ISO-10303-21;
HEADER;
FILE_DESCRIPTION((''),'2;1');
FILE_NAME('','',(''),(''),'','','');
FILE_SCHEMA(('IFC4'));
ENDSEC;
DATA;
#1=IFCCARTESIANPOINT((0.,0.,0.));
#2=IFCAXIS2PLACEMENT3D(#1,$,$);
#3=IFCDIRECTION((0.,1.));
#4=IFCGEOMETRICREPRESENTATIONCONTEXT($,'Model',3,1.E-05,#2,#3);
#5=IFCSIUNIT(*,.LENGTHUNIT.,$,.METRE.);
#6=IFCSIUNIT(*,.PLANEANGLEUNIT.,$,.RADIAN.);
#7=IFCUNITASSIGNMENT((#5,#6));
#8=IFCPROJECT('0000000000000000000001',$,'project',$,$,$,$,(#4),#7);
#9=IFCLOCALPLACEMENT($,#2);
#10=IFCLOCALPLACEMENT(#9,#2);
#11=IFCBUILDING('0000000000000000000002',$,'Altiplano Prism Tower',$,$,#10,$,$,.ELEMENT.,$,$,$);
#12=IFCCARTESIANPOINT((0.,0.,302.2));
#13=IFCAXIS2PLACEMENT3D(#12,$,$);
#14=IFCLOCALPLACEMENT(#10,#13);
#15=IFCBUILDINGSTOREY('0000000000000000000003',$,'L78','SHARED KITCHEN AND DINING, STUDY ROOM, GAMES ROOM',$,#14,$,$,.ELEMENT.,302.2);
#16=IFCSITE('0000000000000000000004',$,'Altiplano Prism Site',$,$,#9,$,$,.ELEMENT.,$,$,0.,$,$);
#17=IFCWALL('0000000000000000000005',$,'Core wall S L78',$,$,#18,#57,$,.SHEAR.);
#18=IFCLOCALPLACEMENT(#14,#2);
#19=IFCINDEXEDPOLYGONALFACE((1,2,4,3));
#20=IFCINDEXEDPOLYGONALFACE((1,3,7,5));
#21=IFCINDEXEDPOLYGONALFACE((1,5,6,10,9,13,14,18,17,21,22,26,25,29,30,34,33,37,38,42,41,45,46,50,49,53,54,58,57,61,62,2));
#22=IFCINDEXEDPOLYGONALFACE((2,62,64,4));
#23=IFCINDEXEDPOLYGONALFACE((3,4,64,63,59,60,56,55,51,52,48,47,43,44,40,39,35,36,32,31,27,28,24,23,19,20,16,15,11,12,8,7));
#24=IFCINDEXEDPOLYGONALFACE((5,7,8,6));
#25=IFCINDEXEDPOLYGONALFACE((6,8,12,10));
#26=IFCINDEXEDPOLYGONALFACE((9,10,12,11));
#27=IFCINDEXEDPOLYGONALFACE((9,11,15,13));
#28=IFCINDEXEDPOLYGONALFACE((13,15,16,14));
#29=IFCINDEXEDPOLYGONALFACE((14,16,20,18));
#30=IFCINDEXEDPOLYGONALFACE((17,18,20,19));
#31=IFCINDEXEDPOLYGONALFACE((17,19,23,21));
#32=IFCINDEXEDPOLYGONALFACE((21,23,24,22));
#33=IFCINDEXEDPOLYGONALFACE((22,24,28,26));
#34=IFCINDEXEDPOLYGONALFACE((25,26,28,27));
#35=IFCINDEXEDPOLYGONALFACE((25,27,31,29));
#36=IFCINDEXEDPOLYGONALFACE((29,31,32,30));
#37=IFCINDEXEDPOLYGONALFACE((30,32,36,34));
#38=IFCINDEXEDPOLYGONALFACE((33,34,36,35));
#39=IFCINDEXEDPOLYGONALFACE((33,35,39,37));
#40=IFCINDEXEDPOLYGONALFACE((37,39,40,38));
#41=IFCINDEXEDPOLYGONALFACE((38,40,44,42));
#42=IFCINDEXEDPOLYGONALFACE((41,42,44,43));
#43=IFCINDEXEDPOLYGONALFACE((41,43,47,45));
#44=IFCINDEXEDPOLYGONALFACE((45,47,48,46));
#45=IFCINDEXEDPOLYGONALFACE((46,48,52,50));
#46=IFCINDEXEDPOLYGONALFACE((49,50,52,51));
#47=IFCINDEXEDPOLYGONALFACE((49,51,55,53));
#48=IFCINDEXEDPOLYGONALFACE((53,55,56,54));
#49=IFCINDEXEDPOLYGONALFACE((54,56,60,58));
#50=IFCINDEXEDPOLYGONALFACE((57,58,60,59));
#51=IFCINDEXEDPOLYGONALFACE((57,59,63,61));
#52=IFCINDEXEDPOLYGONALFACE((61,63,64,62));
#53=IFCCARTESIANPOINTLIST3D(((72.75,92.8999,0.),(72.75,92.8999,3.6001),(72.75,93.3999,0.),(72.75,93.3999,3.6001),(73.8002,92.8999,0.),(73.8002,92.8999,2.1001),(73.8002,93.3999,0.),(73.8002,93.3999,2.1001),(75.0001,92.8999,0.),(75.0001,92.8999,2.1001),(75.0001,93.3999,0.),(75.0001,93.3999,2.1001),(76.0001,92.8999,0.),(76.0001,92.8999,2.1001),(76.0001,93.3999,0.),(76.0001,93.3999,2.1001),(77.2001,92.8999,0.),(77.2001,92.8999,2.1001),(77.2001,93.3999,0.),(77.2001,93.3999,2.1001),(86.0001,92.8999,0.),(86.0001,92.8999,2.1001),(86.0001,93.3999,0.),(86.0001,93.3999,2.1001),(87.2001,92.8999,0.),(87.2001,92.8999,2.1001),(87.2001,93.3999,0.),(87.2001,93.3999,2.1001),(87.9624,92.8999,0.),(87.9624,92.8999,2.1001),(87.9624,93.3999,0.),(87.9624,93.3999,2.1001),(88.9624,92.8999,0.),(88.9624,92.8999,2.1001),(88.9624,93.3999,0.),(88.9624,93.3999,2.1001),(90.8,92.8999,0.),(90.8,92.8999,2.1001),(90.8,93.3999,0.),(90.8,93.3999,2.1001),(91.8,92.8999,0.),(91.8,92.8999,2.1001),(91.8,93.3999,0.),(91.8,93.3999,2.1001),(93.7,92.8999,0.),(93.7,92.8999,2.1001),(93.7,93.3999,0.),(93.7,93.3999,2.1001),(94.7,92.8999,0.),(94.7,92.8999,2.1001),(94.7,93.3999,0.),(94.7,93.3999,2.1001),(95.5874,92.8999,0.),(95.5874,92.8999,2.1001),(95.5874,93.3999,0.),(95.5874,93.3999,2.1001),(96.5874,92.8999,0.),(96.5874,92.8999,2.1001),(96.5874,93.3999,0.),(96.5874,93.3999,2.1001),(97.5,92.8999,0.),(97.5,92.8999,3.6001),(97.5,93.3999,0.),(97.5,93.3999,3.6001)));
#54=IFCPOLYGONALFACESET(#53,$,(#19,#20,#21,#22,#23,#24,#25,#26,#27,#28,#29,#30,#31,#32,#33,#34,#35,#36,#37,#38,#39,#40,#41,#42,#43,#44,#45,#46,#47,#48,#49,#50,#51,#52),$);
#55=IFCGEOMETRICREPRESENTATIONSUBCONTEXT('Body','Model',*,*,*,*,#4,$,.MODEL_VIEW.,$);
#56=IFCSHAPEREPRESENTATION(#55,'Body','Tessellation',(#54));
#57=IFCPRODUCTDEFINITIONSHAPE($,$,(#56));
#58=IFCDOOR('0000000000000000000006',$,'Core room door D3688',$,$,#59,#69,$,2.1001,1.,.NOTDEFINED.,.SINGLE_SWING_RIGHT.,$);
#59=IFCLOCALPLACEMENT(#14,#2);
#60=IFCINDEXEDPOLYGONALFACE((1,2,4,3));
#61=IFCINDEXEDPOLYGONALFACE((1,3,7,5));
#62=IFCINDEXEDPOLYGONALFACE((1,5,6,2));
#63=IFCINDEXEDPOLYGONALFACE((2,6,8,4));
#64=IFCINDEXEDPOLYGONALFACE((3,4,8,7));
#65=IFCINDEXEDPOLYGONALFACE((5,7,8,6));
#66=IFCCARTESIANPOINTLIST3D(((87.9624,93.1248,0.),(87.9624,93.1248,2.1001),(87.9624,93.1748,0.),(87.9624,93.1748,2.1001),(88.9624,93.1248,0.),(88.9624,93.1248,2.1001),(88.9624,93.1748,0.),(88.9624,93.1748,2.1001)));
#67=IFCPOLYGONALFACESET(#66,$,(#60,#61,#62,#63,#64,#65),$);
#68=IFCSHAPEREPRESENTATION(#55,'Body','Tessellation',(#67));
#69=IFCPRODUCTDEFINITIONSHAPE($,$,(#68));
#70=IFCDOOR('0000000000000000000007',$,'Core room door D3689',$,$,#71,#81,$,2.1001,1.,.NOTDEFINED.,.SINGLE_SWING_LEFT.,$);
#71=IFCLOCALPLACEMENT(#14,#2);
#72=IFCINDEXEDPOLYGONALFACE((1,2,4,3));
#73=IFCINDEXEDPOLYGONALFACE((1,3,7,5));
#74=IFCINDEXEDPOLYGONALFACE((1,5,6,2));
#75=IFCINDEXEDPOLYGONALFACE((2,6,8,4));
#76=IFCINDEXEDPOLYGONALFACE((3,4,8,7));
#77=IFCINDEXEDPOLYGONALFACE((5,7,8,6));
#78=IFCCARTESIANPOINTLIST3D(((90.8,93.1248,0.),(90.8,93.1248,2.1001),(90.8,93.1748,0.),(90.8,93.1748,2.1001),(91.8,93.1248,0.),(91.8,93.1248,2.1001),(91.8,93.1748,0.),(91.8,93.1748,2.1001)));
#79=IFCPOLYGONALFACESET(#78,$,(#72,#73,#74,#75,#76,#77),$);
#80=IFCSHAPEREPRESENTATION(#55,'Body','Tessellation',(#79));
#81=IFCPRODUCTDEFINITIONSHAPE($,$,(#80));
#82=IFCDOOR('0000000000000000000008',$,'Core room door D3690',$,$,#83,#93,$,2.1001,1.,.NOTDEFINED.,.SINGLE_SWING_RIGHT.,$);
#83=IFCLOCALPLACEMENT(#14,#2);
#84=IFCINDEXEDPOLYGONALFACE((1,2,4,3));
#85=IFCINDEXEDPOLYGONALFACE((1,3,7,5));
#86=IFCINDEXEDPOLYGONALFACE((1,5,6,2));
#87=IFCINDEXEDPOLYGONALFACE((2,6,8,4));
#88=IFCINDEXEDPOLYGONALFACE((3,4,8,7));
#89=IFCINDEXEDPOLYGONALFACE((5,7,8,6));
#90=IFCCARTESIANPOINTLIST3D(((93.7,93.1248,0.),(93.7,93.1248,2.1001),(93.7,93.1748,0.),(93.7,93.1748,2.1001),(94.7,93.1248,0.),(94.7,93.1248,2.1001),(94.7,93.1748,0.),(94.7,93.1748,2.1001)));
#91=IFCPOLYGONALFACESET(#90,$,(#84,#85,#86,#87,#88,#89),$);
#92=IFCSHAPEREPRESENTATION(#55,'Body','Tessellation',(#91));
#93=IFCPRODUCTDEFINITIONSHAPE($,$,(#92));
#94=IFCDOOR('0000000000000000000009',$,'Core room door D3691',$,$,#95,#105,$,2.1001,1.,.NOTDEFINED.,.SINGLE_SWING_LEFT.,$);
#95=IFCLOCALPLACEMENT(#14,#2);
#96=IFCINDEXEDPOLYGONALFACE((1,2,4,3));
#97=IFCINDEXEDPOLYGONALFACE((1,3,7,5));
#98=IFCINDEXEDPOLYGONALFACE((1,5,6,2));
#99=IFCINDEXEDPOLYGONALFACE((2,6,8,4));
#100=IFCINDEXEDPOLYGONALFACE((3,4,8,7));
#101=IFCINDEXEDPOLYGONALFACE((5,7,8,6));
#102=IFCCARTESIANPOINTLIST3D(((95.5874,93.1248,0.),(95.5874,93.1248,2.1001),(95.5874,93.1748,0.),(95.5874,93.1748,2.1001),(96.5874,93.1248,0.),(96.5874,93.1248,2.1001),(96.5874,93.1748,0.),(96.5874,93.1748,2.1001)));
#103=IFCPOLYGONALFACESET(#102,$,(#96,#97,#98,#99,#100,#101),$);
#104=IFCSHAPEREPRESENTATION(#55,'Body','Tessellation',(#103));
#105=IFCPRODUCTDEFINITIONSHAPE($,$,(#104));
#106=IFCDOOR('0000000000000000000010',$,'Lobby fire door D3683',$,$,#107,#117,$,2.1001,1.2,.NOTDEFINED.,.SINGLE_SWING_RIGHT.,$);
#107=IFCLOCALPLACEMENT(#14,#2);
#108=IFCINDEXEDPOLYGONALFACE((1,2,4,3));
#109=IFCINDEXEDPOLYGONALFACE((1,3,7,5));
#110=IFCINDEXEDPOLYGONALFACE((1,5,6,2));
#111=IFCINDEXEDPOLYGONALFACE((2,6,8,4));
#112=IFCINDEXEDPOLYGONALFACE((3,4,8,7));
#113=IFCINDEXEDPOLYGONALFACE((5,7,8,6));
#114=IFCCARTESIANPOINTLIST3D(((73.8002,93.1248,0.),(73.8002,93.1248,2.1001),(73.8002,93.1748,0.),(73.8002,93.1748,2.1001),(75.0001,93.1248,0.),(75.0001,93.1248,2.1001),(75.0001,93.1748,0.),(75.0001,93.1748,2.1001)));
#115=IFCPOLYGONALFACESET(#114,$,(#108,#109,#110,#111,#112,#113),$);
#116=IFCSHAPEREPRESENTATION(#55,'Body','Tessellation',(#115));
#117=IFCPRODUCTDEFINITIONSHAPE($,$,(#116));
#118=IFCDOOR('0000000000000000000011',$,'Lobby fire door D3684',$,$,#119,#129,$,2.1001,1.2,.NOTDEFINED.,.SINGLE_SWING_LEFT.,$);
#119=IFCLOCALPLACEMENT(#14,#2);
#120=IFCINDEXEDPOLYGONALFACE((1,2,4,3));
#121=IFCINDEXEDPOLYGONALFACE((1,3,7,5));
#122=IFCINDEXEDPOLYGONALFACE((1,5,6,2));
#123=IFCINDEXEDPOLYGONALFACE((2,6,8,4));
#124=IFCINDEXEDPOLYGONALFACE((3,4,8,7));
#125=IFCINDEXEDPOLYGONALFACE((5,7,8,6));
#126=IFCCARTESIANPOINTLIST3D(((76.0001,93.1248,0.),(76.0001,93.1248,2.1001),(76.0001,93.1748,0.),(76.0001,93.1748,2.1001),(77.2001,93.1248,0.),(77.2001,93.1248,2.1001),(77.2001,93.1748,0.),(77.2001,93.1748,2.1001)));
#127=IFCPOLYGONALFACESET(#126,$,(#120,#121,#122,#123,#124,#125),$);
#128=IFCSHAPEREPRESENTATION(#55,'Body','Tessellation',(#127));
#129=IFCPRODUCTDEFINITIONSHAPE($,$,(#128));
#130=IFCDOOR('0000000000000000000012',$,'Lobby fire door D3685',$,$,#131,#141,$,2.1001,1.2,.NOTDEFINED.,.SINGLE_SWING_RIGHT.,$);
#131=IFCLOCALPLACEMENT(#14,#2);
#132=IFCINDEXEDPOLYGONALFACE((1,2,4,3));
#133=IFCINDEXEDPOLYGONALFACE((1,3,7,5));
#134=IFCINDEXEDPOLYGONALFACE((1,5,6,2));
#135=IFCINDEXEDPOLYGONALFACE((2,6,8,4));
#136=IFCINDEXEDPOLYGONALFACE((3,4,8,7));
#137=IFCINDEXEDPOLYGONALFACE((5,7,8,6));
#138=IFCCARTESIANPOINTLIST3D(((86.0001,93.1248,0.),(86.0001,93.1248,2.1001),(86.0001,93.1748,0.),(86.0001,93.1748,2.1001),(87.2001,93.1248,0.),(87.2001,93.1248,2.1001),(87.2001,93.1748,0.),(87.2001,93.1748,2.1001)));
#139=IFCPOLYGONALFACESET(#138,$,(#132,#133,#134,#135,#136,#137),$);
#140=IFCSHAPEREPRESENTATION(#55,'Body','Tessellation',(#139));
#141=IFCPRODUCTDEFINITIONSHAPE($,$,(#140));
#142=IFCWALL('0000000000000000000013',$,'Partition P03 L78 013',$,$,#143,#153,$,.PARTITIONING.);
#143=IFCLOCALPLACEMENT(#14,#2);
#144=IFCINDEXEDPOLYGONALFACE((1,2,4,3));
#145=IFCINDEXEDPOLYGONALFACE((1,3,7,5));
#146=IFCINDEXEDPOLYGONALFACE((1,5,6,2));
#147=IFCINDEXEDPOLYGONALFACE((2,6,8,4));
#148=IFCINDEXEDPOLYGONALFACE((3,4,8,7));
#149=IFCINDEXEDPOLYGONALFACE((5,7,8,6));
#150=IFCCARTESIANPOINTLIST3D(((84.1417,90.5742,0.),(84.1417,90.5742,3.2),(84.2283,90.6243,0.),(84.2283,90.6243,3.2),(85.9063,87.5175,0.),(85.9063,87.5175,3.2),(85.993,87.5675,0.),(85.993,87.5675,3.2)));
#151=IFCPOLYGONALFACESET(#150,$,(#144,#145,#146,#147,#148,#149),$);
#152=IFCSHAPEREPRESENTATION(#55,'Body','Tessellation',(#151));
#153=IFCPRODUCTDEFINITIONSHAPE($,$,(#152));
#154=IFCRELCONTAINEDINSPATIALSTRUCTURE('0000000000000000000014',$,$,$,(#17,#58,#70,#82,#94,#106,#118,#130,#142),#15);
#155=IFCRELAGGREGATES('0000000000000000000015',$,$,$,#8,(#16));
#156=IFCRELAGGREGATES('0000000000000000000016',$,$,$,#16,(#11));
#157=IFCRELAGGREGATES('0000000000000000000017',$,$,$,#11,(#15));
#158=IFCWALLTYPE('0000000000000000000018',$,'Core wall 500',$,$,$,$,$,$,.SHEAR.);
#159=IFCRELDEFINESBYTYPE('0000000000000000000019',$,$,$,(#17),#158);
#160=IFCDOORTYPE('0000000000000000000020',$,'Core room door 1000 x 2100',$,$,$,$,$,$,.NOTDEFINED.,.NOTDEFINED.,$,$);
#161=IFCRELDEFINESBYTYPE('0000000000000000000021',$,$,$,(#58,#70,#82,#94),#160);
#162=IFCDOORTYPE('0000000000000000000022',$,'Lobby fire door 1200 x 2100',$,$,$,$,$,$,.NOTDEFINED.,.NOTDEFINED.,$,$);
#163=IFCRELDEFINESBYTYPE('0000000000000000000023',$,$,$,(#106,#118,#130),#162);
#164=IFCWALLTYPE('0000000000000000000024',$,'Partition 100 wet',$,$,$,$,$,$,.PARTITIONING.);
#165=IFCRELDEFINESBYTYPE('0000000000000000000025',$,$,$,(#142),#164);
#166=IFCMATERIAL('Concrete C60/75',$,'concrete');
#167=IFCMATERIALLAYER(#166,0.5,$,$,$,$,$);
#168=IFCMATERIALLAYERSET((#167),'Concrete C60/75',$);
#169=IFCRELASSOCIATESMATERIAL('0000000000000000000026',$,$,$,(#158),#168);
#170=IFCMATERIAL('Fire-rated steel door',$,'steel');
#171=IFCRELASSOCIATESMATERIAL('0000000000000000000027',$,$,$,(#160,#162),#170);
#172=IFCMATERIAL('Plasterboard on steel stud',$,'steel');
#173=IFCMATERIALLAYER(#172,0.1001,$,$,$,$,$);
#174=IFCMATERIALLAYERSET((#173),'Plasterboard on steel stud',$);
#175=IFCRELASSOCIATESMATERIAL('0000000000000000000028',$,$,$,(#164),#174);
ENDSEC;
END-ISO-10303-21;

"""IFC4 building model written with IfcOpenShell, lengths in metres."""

from ifc_helpers import new_model, si_unit, direction, frame, frame_2d, origin, place, context, subcontext, project, spatial, rectangle, extrude, material, layer, layer_set, type_object, element, fill, save


model = new_model("IFC4")

# Units and contexts
model_context = context("Model", 3, precision=1e-05, world=origin(), true_north=direction((0.0, 1.0)))
body_context = subcontext(model_context, "Body", "Model", "MODEL_VIEW")
ifc_project = project(units=[si_unit("LENGTHUNIT", "METRE"), si_unit("PLANEANGLEUNIT", "RADIAN")], contexts=[model_context])

# Site, building, storey
site_placement = place(None, origin())
site = spatial("IfcSite", under=ifc_project, at=site_placement, Name="Altiplano Prism Site", CompositionType="ELEMENT", RefElevation=0.0)
building_placement = place(site_placement, origin())
building = spatial("IfcBuilding", under=site, at=building_placement, Name="Altiplano Prism Tower", CompositionType="ELEMENT")
storey_placement = place(building_placement, frame((0.0, 0.0, 302.2)))
storey = spatial("IfcBuildingStorey", under=building, at=storey_placement, Name="L78", Description="SHARED KITCHEN AND DINING, STUDY ROOM, GAMES ROOM", CompositionType="ELEMENT", Elevation=302.2)

# Shared definitions
ifc_material_1 = material(Name="Concrete C60/75", Category="concrete")

# Wall, openings, doors
ifc_layer_1 = layer(ifc_material_1, 0.5)
ifc_layer_set_1 = layer_set([ifc_layer_1], Name="Concrete C60/75")
wall_type_1 = type_object("IfcWallType", Name="Core wall 500", PredefinedType="SHEAR", material=ifc_layer_set_1)
wall_1_placement = place(storey_placement, frame((72.75, 93.1499, 0.0), z_axis=(0.0, 0.0, 1.0), x_axis=(1.0, 0.0, 0.0)))
wall_1 = element("IfcWall", 1, at=wall_1_placement, inside=storey, type_object=wall_type_1, Name="Core wall S L78", PredefinedType="SHEAR", context=body_context, shape_type="SweptSolid", body=[
    extrude(rectangle(XDim=24.75, YDim=0.5, at=frame_2d((12.375, 0.0))), origin(), (0.0, 0.0, 1.0), 3.6001),
])
opening_1_placement = place(wall_1_placement, frame((1.05, 0.0, 0.0)))
opening_1 = element("IfcOpeningElement", 2, at=opening_1_placement, cuts=wall_1, PredefinedType="OPENING", context=body_context, shape_type="SweptSolid", body=[
    extrude(rectangle(XDim=1.2, YDim=2.1001, at=frame_2d((0.6001, 1.05))), frame((0.0, 0.2605, 0.0), z_axis=(0.0, -1.0, 0.0), x_axis=(1.0, 0.0, 0.0)), (0.0, 0.0, 1.0), 0.521),
])
opening_2_placement = place(wall_1_placement, frame((3.25, 0.0, 0.0)))
opening_2 = element("IfcOpeningElement", 3, at=opening_2_placement, cuts=wall_1, PredefinedType="OPENING", context=body_context, shape_type="SweptSolid", body=[
    extrude(rectangle(XDim=1.2, YDim=2.1001, at=frame_2d((0.6001, 1.05))), frame((0.0, 0.2605, 0.0), z_axis=(0.0, -1.0, 0.0), x_axis=(1.0, 0.0, 0.0)), (0.0, 0.0, 1.0), 0.521),
])
opening_3_placement = place(wall_1_placement, frame((13.25, 0.0, 0.0)))
opening_3 = element("IfcOpeningElement", 4, at=opening_3_placement, cuts=wall_1, PredefinedType="OPENING", context=body_context, shape_type="SweptSolid", body=[
    extrude(rectangle(XDim=1.2, YDim=2.1001, at=frame_2d((0.6001, 1.05))), frame((0.0, 0.2605, 0.0), z_axis=(0.0, -1.0, 0.0), x_axis=(1.0, 0.0, 0.0)), (0.0, 0.0, 1.0), 0.521),
])
opening_4_placement = place(wall_1_placement, frame((15.2124, 0.0, 0.0)))
opening_4 = element("IfcOpeningElement", 5, at=opening_4_placement, cuts=wall_1, PredefinedType="OPENING", context=body_context, shape_type="SweptSolid", body=[
    extrude(rectangle(XDim=1.0, YDim=2.1001, at=frame_2d((0.5, 1.05))), frame((0.0, 0.2605, 0.0), z_axis=(0.0, -1.0, 0.0), x_axis=(1.0, 0.0, 0.0)), (0.0, 0.0, 1.0), 0.521),
])
opening_5_placement = place(wall_1_placement, frame((18.05, 0.0, 0.0)))
opening_5 = element("IfcOpeningElement", 6, at=opening_5_placement, cuts=wall_1, PredefinedType="OPENING", context=body_context, shape_type="SweptSolid", body=[
    extrude(rectangle(XDim=1.0, YDim=2.1001, at=frame_2d((0.5, 1.05))), frame((0.0, 0.2605, 0.0), z_axis=(0.0, -1.0, 0.0), x_axis=(1.0, 0.0, 0.0)), (0.0, 0.0, 1.0), 0.521),
])
opening_6_placement = place(wall_1_placement, frame((20.95, 0.0, 0.0)))
opening_6 = element("IfcOpeningElement", 7, at=opening_6_placement, cuts=wall_1, PredefinedType="OPENING", context=body_context, shape_type="SweptSolid", body=[
    extrude(rectangle(XDim=1.0, YDim=2.1001, at=frame_2d((0.5, 1.05))), frame((0.0, 0.2605, 0.0), z_axis=(0.0, -1.0, 0.0), x_axis=(1.0, 0.0, 0.0)), (0.0, 0.0, 1.0), 0.521),
])
opening_7_placement = place(wall_1_placement, frame((22.8374, 0.0, 0.0)))
opening_7 = element("IfcOpeningElement", 8, at=opening_7_placement, cuts=wall_1, PredefinedType="OPENING", context=body_context, shape_type="SweptSolid", body=[
    extrude(rectangle(XDim=1.0, YDim=2.1001, at=frame_2d((0.5, 1.05))), frame((0.0, 0.2605, 0.0), z_axis=(0.0, -1.0, 0.0), x_axis=(1.0, 0.0, 0.0)), (0.0, 0.0, 1.0), 0.521),
])
ifc_material_2 = material(Name="Fire-rated steel door", Category="steel")
door_type_1 = type_object("IfcDoorType", Name="Core room door 1000 x 2100", OperationType="NOTDEFINED", PredefinedType="NOTDEFINED", material=ifc_material_2)
door_1_placement = place(opening_4_placement, origin())
door_1 = element("IfcDoor", 9, at=door_1_placement, inside=storey, type_object=door_type_1, Name="Core room door D3688", OperationType="SINGLE_SWING_RIGHT", OverallHeight=2.1001, OverallWidth=1.0, PredefinedType="NOTDEFINED", context=body_context, shape_type="SweptSolid", body=[
    extrude(rectangle(XDim=1.0, YDim=2.1001, at=frame_2d((0.5, 1.05))), frame((0.0, 0.0249, 0.0), z_axis=(0.0, -1.0, 0.0), x_axis=(1.0, 0.0, 0.0)), (0.0, 0.0, 1.0), 0.05),
])
fill(opening_4, door_1)
door_2_placement = place(opening_5_placement, origin())
door_2 = element("IfcDoor", 10, at=door_2_placement, inside=storey, type_object=door_type_1, Name="Core room door D3689", OperationType="SINGLE_SWING_LEFT", OverallHeight=2.1001, OverallWidth=1.0, PredefinedType="NOTDEFINED", context=body_context, shape_type="SweptSolid", body=[
    extrude(rectangle(XDim=1.0, YDim=2.1001, at=frame_2d((0.5, 1.05))), frame((0.0, 0.0249, 0.0), z_axis=(0.0, -1.0, 0.0), x_axis=(1.0, 0.0, 0.0)), (0.0, 0.0, 1.0), 0.05),
])
fill(opening_5, door_2)
door_3_placement = place(opening_6_placement, origin())
door_3 = element("IfcDoor", 11, at=door_3_placement, inside=storey, type_object=door_type_1, Name="Core room door D3690", OperationType="SINGLE_SWING_RIGHT", OverallHeight=2.1001, OverallWidth=1.0, PredefinedType="NOTDEFINED", context=body_context, shape_type="SweptSolid", body=[
    extrude(rectangle(XDim=1.0, YDim=2.1001, at=frame_2d((0.5, 1.05))), frame((0.0, 0.0249, 0.0), z_axis=(0.0, -1.0, 0.0), x_axis=(1.0, 0.0, 0.0)), (0.0, 0.0, 1.0), 0.05),
])
fill(opening_6, door_3)
door_4_placement = place(opening_7_placement, origin())
door_4 = element("IfcDoor", 12, at=door_4_placement, inside=storey, type_object=door_type_1, Name="Core room door D3691", OperationType="SINGLE_SWING_LEFT", OverallHeight=2.1001, OverallWidth=1.0, PredefinedType="NOTDEFINED", context=body_context, shape_type="SweptSolid", body=[
    extrude(rectangle(XDim=1.0, YDim=2.1001, at=frame_2d((0.5, 1.05))), frame((0.0, 0.0249, 0.0), z_axis=(0.0, -1.0, 0.0), x_axis=(1.0, 0.0, 0.0)), (0.0, 0.0, 1.0), 0.05),
])
fill(opening_7, door_4)
door_type_2 = type_object("IfcDoorType", Name="Lobby fire door 1200 x 2100", OperationType="NOTDEFINED", PredefinedType="NOTDEFINED", material=ifc_material_2)
door_5_placement = place(opening_1_placement, origin())
door_5 = element("IfcDoor", 13, at=door_5_placement, inside=storey, type_object=door_type_2, Name="Lobby fire door D3683", OperationType="SINGLE_SWING_RIGHT", OverallHeight=2.1001, OverallWidth=1.2, PredefinedType="NOTDEFINED", context=body_context, shape_type="SweptSolid", body=[
    extrude(rectangle(XDim=1.2, YDim=2.1001, at=frame_2d((0.6001, 1.05))), frame((0.0, 0.0249, 0.0), z_axis=(0.0, -1.0, 0.0), x_axis=(1.0, 0.0, 0.0)), (0.0, 0.0, 1.0), 0.05),
])
fill(opening_1, door_5)
door_6_placement = place(opening_2_placement, origin())
door_6 = element("IfcDoor", 14, at=door_6_placement, inside=storey, type_object=door_type_2, Name="Lobby fire door D3684", OperationType="SINGLE_SWING_LEFT", OverallHeight=2.1001, OverallWidth=1.2, PredefinedType="NOTDEFINED", context=body_context, shape_type="SweptSolid", body=[
    extrude(rectangle(XDim=1.2, YDim=2.1001, at=frame_2d((0.6001, 1.05))), frame((0.0, 0.0249, 0.0), z_axis=(0.0, -1.0, 0.0), x_axis=(1.0, 0.0, 0.0)), (0.0, 0.0, 1.0), 0.05),
])
fill(opening_2, door_6)
door_7_placement = place(opening_3_placement, origin())
door_7 = element("IfcDoor", 15, at=door_7_placement, inside=storey, type_object=door_type_2, Name="Lobby fire door D3685", OperationType="SINGLE_SWING_RIGHT", OverallHeight=2.1001, OverallWidth=1.2, PredefinedType="NOTDEFINED", context=body_context, shape_type="SweptSolid", body=[
    extrude(rectangle(XDim=1.2, YDim=2.1001, at=frame_2d((0.6001, 1.05))), frame((0.0, 0.0249, 0.0), z_axis=(0.0, -1.0, 0.0), x_axis=(1.0, 0.0, 0.0)), (0.0, 0.0, 1.0), 0.05),
])
fill(opening_3, door_7)

# Wall
ifc_material_3 = material(Name="Plasterboard on steel stud", Category="steel")
ifc_layer_2 = layer(ifc_material_3, 0.1001)
ifc_layer_set_2 = layer_set([ifc_layer_2], Name="Plasterboard on steel stud")
wall_type_2 = type_object("IfcWallType", Name="Partition 100 wet", PredefinedType="PARTITIONING", material=ifc_layer_set_2)
wall_2_placement = place(storey_placement, frame((84.1851, 90.5991, 0.0), z_axis=(0.0, 0.0, 1.0), x_axis=(0.499978, -0.866038, 0.0)))
element("IfcWall", 16, at=wall_2_placement, inside=storey, type_object=wall_type_2, Name="Partition P03 L78 013", PredefinedType="PARTITIONING", context=body_context, shape_type="SweptSolid", body=[
    extrude(rectangle(XDim=3.5295, YDim=0.1001, at=frame_2d((1.7646, 0.0))), origin(), (0.0, 0.0, 1.0), 3.2),
])

save(model, "model.ifc")
